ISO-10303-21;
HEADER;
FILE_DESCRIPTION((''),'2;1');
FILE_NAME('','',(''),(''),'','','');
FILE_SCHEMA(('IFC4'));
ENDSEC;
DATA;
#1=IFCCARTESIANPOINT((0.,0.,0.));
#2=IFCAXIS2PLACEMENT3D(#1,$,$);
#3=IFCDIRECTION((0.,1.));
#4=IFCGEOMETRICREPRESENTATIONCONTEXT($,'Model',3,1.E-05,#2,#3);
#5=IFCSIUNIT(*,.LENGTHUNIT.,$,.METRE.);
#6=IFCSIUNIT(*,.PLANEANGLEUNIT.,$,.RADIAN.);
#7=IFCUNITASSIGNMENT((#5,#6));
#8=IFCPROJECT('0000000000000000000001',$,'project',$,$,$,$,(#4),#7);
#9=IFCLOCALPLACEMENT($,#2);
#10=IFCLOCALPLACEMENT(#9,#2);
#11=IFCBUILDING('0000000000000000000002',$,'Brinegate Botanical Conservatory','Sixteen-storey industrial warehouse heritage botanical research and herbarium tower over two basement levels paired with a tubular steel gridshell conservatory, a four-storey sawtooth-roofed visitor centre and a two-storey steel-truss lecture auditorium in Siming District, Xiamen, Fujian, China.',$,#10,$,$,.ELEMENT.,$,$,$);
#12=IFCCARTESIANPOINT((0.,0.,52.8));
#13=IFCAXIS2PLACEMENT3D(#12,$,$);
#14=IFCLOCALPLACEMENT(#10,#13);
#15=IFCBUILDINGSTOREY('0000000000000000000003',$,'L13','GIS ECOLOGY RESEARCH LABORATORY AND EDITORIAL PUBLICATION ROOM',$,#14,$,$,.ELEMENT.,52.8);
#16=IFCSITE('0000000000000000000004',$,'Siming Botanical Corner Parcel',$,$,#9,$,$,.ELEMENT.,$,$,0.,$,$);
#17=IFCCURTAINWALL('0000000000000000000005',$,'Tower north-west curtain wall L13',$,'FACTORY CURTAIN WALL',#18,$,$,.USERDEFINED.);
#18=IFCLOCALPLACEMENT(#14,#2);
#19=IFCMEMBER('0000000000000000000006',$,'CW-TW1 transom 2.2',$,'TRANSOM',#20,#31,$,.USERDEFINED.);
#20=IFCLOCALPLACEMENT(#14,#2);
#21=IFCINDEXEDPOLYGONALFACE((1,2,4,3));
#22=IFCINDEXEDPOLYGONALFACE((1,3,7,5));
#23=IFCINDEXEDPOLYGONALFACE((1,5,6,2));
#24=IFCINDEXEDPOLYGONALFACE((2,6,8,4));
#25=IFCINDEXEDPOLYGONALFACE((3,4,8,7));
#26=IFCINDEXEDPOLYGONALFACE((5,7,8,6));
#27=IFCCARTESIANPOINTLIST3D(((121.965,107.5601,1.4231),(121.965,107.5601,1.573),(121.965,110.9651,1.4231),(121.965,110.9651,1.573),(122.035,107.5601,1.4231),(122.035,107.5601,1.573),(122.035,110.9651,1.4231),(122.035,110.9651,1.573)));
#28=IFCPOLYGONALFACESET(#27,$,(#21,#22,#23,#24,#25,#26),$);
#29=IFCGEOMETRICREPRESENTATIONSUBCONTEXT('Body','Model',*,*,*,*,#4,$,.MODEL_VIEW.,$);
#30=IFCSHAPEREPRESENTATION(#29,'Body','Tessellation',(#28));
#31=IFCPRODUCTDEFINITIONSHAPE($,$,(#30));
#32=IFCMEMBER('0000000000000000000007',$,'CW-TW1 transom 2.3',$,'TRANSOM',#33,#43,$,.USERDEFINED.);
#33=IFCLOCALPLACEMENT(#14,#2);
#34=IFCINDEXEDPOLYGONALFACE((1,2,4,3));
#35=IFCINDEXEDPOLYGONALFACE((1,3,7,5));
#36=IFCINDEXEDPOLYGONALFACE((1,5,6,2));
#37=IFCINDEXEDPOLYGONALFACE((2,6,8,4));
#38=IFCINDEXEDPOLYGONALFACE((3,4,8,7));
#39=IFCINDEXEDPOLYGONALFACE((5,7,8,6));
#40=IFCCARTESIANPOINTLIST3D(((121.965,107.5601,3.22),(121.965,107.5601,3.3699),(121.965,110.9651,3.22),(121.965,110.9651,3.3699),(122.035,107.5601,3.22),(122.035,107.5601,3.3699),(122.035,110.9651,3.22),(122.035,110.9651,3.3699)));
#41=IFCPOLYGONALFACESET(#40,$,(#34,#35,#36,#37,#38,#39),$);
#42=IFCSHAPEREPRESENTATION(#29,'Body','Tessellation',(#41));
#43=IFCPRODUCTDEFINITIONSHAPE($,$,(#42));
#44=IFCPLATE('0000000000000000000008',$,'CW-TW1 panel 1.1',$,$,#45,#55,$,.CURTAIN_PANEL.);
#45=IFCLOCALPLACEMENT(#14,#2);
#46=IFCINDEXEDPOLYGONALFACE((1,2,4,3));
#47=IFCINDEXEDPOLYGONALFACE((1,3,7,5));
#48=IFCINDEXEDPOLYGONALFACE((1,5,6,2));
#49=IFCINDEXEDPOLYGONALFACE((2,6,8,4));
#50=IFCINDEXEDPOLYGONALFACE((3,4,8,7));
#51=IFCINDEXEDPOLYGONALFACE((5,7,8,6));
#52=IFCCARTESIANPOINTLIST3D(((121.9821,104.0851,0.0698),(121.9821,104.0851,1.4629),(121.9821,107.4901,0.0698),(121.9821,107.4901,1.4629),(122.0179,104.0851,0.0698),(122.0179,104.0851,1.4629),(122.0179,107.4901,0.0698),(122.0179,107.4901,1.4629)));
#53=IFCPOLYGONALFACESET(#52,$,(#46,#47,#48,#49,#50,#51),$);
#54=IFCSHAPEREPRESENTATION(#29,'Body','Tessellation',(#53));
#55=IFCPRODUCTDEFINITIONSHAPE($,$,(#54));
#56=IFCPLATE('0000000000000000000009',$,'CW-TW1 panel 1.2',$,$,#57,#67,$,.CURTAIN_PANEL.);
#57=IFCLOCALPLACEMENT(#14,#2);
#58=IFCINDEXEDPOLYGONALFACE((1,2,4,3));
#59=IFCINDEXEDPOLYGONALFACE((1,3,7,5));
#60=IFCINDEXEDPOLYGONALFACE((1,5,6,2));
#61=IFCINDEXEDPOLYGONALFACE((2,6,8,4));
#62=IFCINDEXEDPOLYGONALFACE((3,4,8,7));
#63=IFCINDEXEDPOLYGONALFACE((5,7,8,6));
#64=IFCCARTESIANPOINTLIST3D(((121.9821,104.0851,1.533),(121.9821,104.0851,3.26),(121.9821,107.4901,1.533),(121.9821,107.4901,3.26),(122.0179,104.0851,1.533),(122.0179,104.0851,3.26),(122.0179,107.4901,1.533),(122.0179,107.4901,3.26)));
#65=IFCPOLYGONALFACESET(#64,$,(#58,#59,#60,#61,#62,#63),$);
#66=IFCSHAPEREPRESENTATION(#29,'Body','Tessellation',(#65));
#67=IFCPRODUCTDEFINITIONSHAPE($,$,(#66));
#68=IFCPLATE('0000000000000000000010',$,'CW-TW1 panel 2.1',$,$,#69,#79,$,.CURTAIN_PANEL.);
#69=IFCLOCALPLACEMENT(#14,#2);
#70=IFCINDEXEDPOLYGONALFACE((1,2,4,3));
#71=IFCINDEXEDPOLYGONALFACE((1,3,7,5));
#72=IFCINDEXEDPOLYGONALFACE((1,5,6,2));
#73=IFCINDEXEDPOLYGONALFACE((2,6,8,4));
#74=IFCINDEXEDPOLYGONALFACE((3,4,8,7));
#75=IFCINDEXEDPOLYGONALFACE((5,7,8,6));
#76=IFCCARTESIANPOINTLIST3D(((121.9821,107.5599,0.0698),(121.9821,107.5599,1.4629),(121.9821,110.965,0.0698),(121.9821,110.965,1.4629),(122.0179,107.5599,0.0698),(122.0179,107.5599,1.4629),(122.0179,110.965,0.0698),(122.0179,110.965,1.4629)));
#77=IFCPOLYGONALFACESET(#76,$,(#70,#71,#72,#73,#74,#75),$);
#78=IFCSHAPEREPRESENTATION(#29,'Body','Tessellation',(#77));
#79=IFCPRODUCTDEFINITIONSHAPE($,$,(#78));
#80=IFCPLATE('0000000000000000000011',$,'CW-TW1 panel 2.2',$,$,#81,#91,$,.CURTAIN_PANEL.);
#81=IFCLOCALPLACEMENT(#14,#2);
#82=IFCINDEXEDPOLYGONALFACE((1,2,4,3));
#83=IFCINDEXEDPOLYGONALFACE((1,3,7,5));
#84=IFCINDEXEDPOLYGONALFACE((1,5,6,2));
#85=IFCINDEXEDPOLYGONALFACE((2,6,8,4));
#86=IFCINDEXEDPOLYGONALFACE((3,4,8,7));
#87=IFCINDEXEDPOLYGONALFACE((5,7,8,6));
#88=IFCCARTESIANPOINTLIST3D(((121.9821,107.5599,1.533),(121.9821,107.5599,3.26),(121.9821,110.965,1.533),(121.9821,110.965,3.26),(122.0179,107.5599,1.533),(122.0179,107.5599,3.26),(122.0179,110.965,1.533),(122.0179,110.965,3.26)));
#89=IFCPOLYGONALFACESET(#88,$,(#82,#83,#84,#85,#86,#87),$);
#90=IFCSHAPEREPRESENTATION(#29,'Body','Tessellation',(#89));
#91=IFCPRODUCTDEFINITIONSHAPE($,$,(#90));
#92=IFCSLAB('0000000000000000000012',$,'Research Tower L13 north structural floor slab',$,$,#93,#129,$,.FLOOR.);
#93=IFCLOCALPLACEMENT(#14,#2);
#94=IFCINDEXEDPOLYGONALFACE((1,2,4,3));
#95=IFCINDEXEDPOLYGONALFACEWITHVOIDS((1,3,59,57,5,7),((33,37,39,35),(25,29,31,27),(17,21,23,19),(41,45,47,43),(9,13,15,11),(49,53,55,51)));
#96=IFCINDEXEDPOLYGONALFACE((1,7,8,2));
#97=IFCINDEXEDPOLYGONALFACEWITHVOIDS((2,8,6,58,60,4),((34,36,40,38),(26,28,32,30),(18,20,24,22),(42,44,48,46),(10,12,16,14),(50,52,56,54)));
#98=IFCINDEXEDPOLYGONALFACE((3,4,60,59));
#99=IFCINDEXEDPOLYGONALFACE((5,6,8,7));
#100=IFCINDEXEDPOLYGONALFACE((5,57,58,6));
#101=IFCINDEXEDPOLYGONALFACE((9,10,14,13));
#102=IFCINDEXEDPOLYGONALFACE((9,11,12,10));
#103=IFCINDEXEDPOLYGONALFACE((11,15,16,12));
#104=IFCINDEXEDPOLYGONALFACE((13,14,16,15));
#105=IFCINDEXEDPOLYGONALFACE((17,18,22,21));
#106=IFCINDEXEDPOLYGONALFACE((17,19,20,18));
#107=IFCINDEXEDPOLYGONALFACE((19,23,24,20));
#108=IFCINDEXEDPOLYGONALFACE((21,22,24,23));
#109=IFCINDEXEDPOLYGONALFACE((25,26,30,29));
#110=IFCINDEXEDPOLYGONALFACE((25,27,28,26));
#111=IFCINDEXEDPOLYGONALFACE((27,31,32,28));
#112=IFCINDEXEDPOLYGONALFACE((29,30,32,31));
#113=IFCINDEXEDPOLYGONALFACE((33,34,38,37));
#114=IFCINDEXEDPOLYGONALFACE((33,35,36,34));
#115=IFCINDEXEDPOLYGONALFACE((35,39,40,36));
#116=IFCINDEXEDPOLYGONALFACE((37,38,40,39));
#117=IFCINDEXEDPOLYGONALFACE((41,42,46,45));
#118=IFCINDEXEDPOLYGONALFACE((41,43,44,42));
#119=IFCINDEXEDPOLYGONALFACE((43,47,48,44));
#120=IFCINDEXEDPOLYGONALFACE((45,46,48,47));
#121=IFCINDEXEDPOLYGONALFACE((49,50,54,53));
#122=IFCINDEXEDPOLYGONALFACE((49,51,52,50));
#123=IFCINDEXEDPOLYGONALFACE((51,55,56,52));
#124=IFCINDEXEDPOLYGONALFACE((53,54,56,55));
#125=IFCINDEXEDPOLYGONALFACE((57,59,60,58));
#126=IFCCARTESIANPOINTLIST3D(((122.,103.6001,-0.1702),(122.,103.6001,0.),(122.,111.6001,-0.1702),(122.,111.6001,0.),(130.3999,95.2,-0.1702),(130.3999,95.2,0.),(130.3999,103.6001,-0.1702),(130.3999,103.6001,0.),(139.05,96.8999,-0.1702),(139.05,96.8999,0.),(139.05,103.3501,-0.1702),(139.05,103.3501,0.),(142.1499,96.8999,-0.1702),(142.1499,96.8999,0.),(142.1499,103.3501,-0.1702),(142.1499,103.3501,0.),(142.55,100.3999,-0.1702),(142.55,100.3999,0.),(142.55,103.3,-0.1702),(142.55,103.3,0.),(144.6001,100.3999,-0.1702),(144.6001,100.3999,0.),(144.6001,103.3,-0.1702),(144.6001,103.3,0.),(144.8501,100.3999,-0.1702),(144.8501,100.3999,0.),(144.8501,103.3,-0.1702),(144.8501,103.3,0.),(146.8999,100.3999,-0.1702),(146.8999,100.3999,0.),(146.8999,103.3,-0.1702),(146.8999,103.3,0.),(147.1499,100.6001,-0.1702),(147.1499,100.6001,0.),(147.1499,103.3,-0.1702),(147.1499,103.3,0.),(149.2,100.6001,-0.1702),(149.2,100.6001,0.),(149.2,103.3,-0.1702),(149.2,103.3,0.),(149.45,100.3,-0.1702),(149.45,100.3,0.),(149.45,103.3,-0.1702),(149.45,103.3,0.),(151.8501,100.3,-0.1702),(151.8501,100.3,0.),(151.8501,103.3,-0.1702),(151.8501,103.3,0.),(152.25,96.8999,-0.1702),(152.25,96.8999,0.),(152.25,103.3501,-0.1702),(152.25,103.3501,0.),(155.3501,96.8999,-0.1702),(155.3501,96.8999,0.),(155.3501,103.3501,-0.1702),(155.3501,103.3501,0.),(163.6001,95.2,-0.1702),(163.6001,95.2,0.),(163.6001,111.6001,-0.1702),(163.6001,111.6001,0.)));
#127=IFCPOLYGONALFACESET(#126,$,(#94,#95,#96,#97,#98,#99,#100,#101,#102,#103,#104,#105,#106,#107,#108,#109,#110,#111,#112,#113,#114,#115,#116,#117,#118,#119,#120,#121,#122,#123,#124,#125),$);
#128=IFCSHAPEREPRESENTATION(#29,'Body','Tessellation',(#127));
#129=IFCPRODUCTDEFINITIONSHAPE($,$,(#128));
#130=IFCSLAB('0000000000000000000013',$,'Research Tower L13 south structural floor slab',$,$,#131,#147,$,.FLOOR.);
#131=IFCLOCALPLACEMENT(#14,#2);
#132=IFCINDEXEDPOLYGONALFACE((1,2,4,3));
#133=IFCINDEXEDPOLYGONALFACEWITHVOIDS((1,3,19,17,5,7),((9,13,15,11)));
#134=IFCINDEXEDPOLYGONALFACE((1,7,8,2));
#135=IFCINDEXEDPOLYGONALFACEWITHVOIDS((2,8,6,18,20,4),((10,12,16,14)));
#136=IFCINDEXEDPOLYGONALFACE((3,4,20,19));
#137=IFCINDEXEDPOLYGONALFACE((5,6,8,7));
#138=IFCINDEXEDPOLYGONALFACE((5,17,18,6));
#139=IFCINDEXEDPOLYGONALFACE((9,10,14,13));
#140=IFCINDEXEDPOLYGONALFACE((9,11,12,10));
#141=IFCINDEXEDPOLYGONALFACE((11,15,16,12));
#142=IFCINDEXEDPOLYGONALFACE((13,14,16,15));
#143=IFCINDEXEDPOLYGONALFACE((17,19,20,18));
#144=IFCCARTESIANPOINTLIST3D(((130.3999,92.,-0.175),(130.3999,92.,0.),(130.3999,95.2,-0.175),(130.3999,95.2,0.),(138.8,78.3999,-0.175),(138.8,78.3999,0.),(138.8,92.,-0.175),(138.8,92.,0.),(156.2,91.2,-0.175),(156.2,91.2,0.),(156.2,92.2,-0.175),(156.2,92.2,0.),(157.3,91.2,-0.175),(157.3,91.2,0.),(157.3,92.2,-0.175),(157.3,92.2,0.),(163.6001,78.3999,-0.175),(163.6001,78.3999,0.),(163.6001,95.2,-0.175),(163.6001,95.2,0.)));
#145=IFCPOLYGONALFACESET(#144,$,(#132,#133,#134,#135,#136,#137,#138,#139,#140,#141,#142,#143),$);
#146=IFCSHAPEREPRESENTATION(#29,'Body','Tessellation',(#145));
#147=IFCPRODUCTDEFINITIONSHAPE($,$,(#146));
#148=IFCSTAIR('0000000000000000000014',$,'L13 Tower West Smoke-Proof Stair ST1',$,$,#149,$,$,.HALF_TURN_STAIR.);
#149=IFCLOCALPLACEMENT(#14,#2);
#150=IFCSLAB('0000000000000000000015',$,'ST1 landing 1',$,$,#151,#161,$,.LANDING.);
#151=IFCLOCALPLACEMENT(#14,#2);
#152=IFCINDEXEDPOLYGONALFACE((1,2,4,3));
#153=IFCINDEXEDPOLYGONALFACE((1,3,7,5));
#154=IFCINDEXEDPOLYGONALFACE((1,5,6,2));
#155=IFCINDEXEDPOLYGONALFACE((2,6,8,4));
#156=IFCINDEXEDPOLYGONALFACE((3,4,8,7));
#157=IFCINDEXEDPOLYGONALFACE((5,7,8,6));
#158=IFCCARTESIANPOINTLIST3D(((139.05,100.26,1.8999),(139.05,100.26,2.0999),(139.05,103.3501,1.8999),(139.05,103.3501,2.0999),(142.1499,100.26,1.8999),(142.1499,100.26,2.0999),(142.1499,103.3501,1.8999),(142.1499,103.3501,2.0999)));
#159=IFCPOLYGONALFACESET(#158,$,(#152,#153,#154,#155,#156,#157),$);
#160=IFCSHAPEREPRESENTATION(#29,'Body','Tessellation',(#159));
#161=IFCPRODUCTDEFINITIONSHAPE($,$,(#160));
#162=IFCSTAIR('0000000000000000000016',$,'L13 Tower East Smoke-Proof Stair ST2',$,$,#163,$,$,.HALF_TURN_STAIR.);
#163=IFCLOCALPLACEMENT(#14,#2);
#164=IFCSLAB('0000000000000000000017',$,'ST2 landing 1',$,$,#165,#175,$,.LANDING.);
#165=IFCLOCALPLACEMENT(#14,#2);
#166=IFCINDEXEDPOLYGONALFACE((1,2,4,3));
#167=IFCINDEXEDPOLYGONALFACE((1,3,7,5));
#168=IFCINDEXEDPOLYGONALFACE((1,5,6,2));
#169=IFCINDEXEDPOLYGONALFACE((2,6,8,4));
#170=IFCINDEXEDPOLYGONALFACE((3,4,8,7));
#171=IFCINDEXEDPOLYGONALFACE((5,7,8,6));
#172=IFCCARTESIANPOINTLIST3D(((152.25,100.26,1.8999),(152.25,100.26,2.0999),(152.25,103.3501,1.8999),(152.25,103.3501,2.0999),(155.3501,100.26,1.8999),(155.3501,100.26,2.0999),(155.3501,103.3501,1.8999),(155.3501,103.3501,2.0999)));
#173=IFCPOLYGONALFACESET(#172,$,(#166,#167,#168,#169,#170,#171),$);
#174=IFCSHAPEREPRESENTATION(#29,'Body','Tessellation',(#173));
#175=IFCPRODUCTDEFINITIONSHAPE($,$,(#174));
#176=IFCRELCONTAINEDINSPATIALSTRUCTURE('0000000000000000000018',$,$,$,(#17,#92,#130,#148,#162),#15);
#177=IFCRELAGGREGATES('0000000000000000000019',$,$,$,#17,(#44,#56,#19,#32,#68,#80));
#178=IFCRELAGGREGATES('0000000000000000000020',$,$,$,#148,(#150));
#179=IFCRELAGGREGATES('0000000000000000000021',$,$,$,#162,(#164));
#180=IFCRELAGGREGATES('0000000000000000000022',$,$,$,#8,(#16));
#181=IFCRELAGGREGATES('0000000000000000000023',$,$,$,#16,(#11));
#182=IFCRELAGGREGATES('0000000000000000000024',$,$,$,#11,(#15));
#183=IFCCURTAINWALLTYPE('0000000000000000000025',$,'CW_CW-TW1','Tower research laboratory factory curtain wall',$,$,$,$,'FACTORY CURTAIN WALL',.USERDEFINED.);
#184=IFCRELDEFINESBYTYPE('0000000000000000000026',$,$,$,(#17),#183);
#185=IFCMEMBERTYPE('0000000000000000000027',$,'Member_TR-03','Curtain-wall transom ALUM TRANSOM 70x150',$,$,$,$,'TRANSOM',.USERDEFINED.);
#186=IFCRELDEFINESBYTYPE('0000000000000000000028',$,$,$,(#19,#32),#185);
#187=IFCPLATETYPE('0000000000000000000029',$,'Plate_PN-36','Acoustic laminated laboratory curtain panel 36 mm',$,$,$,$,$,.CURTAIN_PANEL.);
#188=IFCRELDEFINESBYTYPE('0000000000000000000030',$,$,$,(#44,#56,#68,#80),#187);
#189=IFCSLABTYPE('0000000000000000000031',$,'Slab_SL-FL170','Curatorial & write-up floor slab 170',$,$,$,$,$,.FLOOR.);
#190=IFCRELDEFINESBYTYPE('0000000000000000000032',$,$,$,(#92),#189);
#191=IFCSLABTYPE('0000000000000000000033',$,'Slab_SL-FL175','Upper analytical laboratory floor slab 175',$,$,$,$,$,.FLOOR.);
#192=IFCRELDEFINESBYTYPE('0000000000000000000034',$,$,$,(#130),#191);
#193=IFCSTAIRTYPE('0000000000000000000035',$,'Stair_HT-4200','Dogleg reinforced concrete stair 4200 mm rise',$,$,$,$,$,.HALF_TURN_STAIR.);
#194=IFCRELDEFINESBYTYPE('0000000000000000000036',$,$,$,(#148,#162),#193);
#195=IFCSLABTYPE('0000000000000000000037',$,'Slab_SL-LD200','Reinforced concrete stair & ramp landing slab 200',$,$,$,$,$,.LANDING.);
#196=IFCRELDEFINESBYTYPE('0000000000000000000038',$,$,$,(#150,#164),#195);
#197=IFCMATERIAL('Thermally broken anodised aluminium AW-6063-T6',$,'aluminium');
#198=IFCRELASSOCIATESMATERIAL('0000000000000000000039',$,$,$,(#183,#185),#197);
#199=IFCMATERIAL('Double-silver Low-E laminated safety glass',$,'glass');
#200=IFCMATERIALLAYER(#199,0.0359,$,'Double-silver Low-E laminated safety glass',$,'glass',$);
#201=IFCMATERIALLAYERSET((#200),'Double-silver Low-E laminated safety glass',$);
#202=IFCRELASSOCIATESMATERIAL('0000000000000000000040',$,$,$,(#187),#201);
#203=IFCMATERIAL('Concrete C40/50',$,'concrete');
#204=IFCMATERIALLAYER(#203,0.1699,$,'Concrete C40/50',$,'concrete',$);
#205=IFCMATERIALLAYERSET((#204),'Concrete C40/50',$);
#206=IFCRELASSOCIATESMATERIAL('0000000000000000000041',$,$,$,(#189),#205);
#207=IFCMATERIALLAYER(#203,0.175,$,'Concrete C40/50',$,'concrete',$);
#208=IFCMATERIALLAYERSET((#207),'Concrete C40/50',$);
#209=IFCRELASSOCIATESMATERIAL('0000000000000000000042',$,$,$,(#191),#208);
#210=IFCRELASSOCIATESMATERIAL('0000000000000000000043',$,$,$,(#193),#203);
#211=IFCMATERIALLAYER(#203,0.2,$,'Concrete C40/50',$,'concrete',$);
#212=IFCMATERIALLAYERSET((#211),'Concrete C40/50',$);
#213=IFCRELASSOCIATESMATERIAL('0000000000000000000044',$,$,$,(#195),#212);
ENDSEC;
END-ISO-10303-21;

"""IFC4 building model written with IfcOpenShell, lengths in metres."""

from ifc_helpers import new_model, si_unit, direction, frame, origin, origin_2d, place, context, subcontext, project, spatial, polyline, rectangle, outline, extrude, material, layer, layer_set, material_profile, profile_set, type_object, element, aggregate, save


model = new_model("IFC4")

# Units and contexts
model_context = context("Model", 3, precision=1e-05, world=origin(), true_north=direction((0.0, 1.0)))
body_context = subcontext(model_context, "Body", "Model", "MODEL_VIEW")
ifc_project = project(units=[si_unit("LENGTHUNIT", "METRE"), si_unit("PLANEANGLEUNIT", "RADIAN")], contexts=[model_context])

# Site, building, storey
site_placement = place(None, origin())
site = spatial("IfcSite", under=ifc_project, at=site_placement, Name="Siming Botanical Corner Parcel", CompositionType="ELEMENT", RefElevation=0.0)
building_placement = place(site_placement, origin())
building = spatial("IfcBuilding", under=site, at=building_placement, Name="Brinegate Botanical Conservatory", Description="Sixteen-storey industrial warehouse heritage botanical research and herbarium tower over two basement levels paired with a tubular steel gridshell conservatory, a four-storey sawtooth-roofed visitor centre and a two-storey steel-truss lecture auditorium in Siming District, Xiamen, Fujian, China.", CompositionType="ELEMENT")
storey_placement = place(building_placement, frame((0.0, 0.0, 52.8)))
storey = spatial("IfcBuildingStorey", under=building, at=storey_placement, Name="L13", Description="GIS ECOLOGY RESEARCH LABORATORY AND EDITORIAL PUBLICATION ROOM", CompositionType="ELEMENT", Elevation=52.8)

# Shared definitions
ifc_material_1 = material(Name="Concrete C40/50", Category="concrete")

# Curtain wall, members, plates
ifc_material_2 = material(Name="Thermally broken anodised aluminium AW-6063-T6", Category="aluminium")
curtain_wall_type = type_object("IfcCurtainWallType", Name="CW_CW-TW1", Description="Tower research laboratory factory curtain wall", ElementType="FACTORY CURTAIN WALL", PredefinedType="USERDEFINED", material=ifc_material_2)
curtain_wall_placement = place(storey_placement, origin())
curtain_wall = element("IfcCurtainWall", 1, at=curtain_wall_placement, inside=storey, type_object=curtain_wall_type, Name="Tower north-west curtain wall L13", ObjectType="FACTORY CURTAIN WALL", PredefinedType="USERDEFINED")
ifc_material_profile_1 = material_profile(ifc_material_2, rectangle(XDim=0.0701, YDim=0.1499, at=origin_2d()), Name="ALUM TRANSOM 70x150")
ifc_profile_set_1 = profile_set([ifc_material_profile_1], Name="Thermally broken anodised aluminium AW-6063-T6")
member_type_1 = type_object("IfcMemberType", Name="Member_TR-03", Description="Curtain-wall transom ALUM TRANSOM 70x150", ElementType="TRANSOM", PredefinedType="USERDEFINED", material=ifc_profile_set_1)
member_1_placement = place(storey_placement, frame((122.0, 107.5601, 1.498), z_axis=(0.0, 1.0, 0.0), x_axis=(-1.0, 0.0, 0.0)))
member_1 = element("IfcMember", 2, at=member_1_placement, type_object=member_type_1, Name="CW-TW1 transom 2.2", ObjectType="TRANSOM", PredefinedType="USERDEFINED", context=body_context, shape_type="SweptSolid", body=[
    extrude(rectangle(XDim=0.0701, YDim=0.1499, at=origin_2d()), origin(), (0.0, 0.0, 1.0), 3.405),
])
member_2_placement = place(storey_placement, frame((122.0, 107.5601, 3.2949), z_axis=(0.0, 1.0, 0.0), x_axis=(-1.0, 0.0, 0.0)))
member_2 = element("IfcMember", 3, at=member_2_placement, type_object=member_type_1, Name="CW-TW1 transom 2.3", ObjectType="TRANSOM", PredefinedType="USERDEFINED", context=body_context, shape_type="SweptSolid", body=[
    extrude(rectangle(XDim=0.0701, YDim=0.1499, at=origin_2d()), origin(), (0.0, 0.0, 1.0), 3.405),
])
ifc_material_3 = material(Name="Double-silver Low-E laminated safety glass", Category="glass")
ifc_layer_1 = layer(ifc_material_3, 0.0359, Name="Double-silver Low-E laminated safety glass", Category="glass")
ifc_layer_set_1 = layer_set([ifc_layer_1], Name="Double-silver Low-E laminated safety glass")
plate_type = type_object("IfcPlateType", Name="Plate_PN-36", Description="Acoustic laminated laboratory curtain panel 36 mm", PredefinedType="CURTAIN_PANEL", material=ifc_layer_set_1)
plate_1_placement = place(storey_placement, frame((122.0, 105.7876, 0.0698), z_axis=(0.0, 0.0, 1.0), x_axis=(0.0, 1.0, 0.0)))
plate_1 = element("IfcPlate", 4, at=plate_1_placement, type_object=plate_type, Name="CW-TW1 panel 1.1", PredefinedType="CURTAIN_PANEL", context=body_context, shape_type="SweptSolid", body=[
    extrude(rectangle(XDim=3.405, YDim=0.0359, at=origin_2d()), origin(), (0.0, 0.0, 1.0), 1.3931),
])
plate_2_placement = place(storey_placement, frame((122.0, 105.7876, 1.533), z_axis=(0.0, 0.0, 1.0), x_axis=(0.0, 1.0, 0.0)))
plate_2 = element("IfcPlate", 5, at=plate_2_placement, type_object=plate_type, Name="CW-TW1 panel 1.2", PredefinedType="CURTAIN_PANEL", context=body_context, shape_type="SweptSolid", body=[
    extrude(rectangle(XDim=3.405, YDim=0.0359, at=origin_2d()), origin(), (0.0, 0.0, 1.0), 1.7271),
])
plate_3_placement = place(storey_placement, frame((122.0, 109.2625, 0.0698), z_axis=(0.0, 0.0, 1.0), x_axis=(0.0, 1.0, 0.0)))
plate_3 = element("IfcPlate", 6, at=plate_3_placement, type_object=plate_type, Name="CW-TW1 panel 2.1", PredefinedType="CURTAIN_PANEL", context=body_context, shape_type="SweptSolid", body=[
    extrude(rectangle(XDim=3.405, YDim=0.0359, at=origin_2d()), origin(), (0.0, 0.0, 1.0), 1.3931),
])
plate_4_placement = place(storey_placement, frame((122.0, 109.2625, 1.533), z_axis=(0.0, 0.0, 1.0), x_axis=(0.0, 1.0, 0.0)))
plate_4 = element("IfcPlate", 7, at=plate_4_placement, type_object=plate_type, Name="CW-TW1 panel 2.2", PredefinedType="CURTAIN_PANEL", context=body_context, shape_type="SweptSolid", body=[
    extrude(rectangle(XDim=3.405, YDim=0.0359, at=origin_2d()), origin(), (0.0, 0.0, 1.0), 1.7271),
])
aggregate(curtain_wall, [plate_1, plate_2, member_1, member_2, plate_3, plate_4])

# Slabs
ifc_layer_2 = layer(ifc_material_1, 0.1699, Name="Concrete C40/50", Category="concrete")
ifc_layer_set_2 = layer_set([ifc_layer_2], Name="Concrete C40/50")
slab_type_1 = type_object("IfcSlabType", Name="Slab_SL-FL170", Description="Curatorial & write-up floor slab 170", PredefinedType="FLOOR", material=ifc_layer_set_2)
slab_1_placement = place(storey_placement, frame((0.0, 0.0, -0.1702)))
element("IfcSlab", 8, at=slab_1_placement, inside=storey, type_object=slab_type_1, Name="Research Tower L13 north structural floor slab", PredefinedType="FLOOR", context=body_context, shape_type="SweptSolid", body=[
    extrude(outline(polyline([(130.3999, 103.6001), (122.0, 103.6001), (122.0, 111.6001), (163.6001, 111.6001), (163.6001, 95.2), (130.3999, 95.2), (130.3999, 103.6001)]), holes=[polyline([(142.1499, 96.8999), (142.1499, 103.3501), (139.05, 103.3501), (139.05, 96.8999), (142.1499, 96.8999)]), polyline([(155.3501, 96.8999), (155.3501, 103.3501), (152.25, 103.3501), (152.25, 96.8999), (155.3501, 96.8999)]), polyline([(142.55, 100.3999), (144.6001, 100.3999), (144.6001, 103.3), (142.55, 103.3), (142.55, 100.3999)]), polyline([(144.8501, 100.3999), (146.8999, 100.3999), (146.8999, 103.3), (144.8501, 103.3), (144.8501, 100.3999)]), polyline([(147.1499, 100.6001), (149.2, 100.6001), (149.2, 103.3), (147.1499, 103.3), (147.1499, 100.6001)]), polyline([(149.45, 100.3), (151.8501, 100.3), (151.8501, 103.3), (149.45, 103.3), (149.45, 100.3)])]), origin(), (0.0, 0.0, 1.0), 0.1702),
])
ifc_layer_3 = layer(ifc_material_1, 0.175, Name="Concrete C40/50", Category="concrete")
ifc_layer_set_3 = layer_set([ifc_layer_3], Name="Concrete C40/50")
slab_type_2 = type_object("IfcSlabType", Name="Slab_SL-FL175", Description="Upper analytical laboratory floor slab 175", PredefinedType="FLOOR", material=ifc_layer_set_3)
slab_2_placement = place(storey_placement, frame((0.0, 0.0, -0.175)))
element("IfcSlab", 9, at=slab_2_placement, inside=storey, type_object=slab_type_2, Name="Research Tower L13 south structural floor slab", PredefinedType="FLOOR", context=body_context, shape_type="SweptSolid", body=[
    extrude(outline(polyline([(163.6001, 78.3999), (138.8, 78.3999), (138.8, 92.0), (130.3999, 92.0), (130.3999, 95.2), (163.6001, 95.2), (163.6001, 78.3999)]), holes=[polyline([(156.2, 91.2), (157.3, 91.2), (157.3, 92.2), (156.2, 92.2), (156.2, 91.2)])]), origin(), (0.0, 0.0, 1.0), 0.175),
])

# Stairs, slabs
stair_type = type_object("IfcStairType", Name="Stair_HT-4200", Description="Dogleg reinforced concrete stair 4200 mm rise", PredefinedType="HALF_TURN_STAIR", material=ifc_material_1)
stair_1_placement = place(storey_placement, origin())
stair_1 = element("IfcStair", 10, at=stair_1_placement, inside=storey, type_object=stair_type, Name="L13 Tower West Smoke-Proof Stair ST1", PredefinedType="HALF_TURN_STAIR")
ifc_layer_4 = layer(ifc_material_1, 0.2, Name="Concrete C40/50", Category="concrete")
ifc_layer_set_4 = layer_set([ifc_layer_4], Name="Concrete C40/50")
slab_type_3 = type_object("IfcSlabType", Name="Slab_SL-LD200", Description="Reinforced concrete stair & ramp landing slab 200", PredefinedType="LANDING", material=ifc_layer_set_4)
slab_3_placement = place(storey_placement, frame((0.0, 0.0, 1.8999)))
slab_3 = element("IfcSlab", 11, at=slab_3_placement, type_object=slab_type_3, Name="ST1 landing 1", PredefinedType="LANDING", context=body_context, shape_type="SweptSolid", body=[
    extrude(outline(polyline([(142.1499, 100.26), (142.1499, 103.3501), (139.05, 103.3501), (139.05, 100.26), (142.1499, 100.26)])), origin(), (0.0, 0.0, 1.0), 0.2),
])
aggregate(stair_1, [slab_3])
stair_2_placement = place(storey_placement, origin())
stair_2 = element("IfcStair", 12, at=stair_2_placement, inside=storey, type_object=stair_type, Name="L13 Tower East Smoke-Proof Stair ST2", PredefinedType="HALF_TURN_STAIR")
slab_4_placement = place(storey_placement, frame((0.0, 0.0, 1.8999)))
slab_4 = element("IfcSlab", 13, at=slab_4_placement, type_object=slab_type_3, Name="ST2 landing 1", PredefinedType="LANDING", context=body_context, shape_type="SweptSolid", body=[
    extrude(outline(polyline([(155.3501, 100.26), (155.3501, 103.3501), (152.25, 103.3501), (152.25, 100.26), (155.3501, 100.26)])), origin(), (0.0, 0.0, 1.0), 0.2),
])
aggregate(stair_2, [slab_4])

save(model, "model.ifc")
